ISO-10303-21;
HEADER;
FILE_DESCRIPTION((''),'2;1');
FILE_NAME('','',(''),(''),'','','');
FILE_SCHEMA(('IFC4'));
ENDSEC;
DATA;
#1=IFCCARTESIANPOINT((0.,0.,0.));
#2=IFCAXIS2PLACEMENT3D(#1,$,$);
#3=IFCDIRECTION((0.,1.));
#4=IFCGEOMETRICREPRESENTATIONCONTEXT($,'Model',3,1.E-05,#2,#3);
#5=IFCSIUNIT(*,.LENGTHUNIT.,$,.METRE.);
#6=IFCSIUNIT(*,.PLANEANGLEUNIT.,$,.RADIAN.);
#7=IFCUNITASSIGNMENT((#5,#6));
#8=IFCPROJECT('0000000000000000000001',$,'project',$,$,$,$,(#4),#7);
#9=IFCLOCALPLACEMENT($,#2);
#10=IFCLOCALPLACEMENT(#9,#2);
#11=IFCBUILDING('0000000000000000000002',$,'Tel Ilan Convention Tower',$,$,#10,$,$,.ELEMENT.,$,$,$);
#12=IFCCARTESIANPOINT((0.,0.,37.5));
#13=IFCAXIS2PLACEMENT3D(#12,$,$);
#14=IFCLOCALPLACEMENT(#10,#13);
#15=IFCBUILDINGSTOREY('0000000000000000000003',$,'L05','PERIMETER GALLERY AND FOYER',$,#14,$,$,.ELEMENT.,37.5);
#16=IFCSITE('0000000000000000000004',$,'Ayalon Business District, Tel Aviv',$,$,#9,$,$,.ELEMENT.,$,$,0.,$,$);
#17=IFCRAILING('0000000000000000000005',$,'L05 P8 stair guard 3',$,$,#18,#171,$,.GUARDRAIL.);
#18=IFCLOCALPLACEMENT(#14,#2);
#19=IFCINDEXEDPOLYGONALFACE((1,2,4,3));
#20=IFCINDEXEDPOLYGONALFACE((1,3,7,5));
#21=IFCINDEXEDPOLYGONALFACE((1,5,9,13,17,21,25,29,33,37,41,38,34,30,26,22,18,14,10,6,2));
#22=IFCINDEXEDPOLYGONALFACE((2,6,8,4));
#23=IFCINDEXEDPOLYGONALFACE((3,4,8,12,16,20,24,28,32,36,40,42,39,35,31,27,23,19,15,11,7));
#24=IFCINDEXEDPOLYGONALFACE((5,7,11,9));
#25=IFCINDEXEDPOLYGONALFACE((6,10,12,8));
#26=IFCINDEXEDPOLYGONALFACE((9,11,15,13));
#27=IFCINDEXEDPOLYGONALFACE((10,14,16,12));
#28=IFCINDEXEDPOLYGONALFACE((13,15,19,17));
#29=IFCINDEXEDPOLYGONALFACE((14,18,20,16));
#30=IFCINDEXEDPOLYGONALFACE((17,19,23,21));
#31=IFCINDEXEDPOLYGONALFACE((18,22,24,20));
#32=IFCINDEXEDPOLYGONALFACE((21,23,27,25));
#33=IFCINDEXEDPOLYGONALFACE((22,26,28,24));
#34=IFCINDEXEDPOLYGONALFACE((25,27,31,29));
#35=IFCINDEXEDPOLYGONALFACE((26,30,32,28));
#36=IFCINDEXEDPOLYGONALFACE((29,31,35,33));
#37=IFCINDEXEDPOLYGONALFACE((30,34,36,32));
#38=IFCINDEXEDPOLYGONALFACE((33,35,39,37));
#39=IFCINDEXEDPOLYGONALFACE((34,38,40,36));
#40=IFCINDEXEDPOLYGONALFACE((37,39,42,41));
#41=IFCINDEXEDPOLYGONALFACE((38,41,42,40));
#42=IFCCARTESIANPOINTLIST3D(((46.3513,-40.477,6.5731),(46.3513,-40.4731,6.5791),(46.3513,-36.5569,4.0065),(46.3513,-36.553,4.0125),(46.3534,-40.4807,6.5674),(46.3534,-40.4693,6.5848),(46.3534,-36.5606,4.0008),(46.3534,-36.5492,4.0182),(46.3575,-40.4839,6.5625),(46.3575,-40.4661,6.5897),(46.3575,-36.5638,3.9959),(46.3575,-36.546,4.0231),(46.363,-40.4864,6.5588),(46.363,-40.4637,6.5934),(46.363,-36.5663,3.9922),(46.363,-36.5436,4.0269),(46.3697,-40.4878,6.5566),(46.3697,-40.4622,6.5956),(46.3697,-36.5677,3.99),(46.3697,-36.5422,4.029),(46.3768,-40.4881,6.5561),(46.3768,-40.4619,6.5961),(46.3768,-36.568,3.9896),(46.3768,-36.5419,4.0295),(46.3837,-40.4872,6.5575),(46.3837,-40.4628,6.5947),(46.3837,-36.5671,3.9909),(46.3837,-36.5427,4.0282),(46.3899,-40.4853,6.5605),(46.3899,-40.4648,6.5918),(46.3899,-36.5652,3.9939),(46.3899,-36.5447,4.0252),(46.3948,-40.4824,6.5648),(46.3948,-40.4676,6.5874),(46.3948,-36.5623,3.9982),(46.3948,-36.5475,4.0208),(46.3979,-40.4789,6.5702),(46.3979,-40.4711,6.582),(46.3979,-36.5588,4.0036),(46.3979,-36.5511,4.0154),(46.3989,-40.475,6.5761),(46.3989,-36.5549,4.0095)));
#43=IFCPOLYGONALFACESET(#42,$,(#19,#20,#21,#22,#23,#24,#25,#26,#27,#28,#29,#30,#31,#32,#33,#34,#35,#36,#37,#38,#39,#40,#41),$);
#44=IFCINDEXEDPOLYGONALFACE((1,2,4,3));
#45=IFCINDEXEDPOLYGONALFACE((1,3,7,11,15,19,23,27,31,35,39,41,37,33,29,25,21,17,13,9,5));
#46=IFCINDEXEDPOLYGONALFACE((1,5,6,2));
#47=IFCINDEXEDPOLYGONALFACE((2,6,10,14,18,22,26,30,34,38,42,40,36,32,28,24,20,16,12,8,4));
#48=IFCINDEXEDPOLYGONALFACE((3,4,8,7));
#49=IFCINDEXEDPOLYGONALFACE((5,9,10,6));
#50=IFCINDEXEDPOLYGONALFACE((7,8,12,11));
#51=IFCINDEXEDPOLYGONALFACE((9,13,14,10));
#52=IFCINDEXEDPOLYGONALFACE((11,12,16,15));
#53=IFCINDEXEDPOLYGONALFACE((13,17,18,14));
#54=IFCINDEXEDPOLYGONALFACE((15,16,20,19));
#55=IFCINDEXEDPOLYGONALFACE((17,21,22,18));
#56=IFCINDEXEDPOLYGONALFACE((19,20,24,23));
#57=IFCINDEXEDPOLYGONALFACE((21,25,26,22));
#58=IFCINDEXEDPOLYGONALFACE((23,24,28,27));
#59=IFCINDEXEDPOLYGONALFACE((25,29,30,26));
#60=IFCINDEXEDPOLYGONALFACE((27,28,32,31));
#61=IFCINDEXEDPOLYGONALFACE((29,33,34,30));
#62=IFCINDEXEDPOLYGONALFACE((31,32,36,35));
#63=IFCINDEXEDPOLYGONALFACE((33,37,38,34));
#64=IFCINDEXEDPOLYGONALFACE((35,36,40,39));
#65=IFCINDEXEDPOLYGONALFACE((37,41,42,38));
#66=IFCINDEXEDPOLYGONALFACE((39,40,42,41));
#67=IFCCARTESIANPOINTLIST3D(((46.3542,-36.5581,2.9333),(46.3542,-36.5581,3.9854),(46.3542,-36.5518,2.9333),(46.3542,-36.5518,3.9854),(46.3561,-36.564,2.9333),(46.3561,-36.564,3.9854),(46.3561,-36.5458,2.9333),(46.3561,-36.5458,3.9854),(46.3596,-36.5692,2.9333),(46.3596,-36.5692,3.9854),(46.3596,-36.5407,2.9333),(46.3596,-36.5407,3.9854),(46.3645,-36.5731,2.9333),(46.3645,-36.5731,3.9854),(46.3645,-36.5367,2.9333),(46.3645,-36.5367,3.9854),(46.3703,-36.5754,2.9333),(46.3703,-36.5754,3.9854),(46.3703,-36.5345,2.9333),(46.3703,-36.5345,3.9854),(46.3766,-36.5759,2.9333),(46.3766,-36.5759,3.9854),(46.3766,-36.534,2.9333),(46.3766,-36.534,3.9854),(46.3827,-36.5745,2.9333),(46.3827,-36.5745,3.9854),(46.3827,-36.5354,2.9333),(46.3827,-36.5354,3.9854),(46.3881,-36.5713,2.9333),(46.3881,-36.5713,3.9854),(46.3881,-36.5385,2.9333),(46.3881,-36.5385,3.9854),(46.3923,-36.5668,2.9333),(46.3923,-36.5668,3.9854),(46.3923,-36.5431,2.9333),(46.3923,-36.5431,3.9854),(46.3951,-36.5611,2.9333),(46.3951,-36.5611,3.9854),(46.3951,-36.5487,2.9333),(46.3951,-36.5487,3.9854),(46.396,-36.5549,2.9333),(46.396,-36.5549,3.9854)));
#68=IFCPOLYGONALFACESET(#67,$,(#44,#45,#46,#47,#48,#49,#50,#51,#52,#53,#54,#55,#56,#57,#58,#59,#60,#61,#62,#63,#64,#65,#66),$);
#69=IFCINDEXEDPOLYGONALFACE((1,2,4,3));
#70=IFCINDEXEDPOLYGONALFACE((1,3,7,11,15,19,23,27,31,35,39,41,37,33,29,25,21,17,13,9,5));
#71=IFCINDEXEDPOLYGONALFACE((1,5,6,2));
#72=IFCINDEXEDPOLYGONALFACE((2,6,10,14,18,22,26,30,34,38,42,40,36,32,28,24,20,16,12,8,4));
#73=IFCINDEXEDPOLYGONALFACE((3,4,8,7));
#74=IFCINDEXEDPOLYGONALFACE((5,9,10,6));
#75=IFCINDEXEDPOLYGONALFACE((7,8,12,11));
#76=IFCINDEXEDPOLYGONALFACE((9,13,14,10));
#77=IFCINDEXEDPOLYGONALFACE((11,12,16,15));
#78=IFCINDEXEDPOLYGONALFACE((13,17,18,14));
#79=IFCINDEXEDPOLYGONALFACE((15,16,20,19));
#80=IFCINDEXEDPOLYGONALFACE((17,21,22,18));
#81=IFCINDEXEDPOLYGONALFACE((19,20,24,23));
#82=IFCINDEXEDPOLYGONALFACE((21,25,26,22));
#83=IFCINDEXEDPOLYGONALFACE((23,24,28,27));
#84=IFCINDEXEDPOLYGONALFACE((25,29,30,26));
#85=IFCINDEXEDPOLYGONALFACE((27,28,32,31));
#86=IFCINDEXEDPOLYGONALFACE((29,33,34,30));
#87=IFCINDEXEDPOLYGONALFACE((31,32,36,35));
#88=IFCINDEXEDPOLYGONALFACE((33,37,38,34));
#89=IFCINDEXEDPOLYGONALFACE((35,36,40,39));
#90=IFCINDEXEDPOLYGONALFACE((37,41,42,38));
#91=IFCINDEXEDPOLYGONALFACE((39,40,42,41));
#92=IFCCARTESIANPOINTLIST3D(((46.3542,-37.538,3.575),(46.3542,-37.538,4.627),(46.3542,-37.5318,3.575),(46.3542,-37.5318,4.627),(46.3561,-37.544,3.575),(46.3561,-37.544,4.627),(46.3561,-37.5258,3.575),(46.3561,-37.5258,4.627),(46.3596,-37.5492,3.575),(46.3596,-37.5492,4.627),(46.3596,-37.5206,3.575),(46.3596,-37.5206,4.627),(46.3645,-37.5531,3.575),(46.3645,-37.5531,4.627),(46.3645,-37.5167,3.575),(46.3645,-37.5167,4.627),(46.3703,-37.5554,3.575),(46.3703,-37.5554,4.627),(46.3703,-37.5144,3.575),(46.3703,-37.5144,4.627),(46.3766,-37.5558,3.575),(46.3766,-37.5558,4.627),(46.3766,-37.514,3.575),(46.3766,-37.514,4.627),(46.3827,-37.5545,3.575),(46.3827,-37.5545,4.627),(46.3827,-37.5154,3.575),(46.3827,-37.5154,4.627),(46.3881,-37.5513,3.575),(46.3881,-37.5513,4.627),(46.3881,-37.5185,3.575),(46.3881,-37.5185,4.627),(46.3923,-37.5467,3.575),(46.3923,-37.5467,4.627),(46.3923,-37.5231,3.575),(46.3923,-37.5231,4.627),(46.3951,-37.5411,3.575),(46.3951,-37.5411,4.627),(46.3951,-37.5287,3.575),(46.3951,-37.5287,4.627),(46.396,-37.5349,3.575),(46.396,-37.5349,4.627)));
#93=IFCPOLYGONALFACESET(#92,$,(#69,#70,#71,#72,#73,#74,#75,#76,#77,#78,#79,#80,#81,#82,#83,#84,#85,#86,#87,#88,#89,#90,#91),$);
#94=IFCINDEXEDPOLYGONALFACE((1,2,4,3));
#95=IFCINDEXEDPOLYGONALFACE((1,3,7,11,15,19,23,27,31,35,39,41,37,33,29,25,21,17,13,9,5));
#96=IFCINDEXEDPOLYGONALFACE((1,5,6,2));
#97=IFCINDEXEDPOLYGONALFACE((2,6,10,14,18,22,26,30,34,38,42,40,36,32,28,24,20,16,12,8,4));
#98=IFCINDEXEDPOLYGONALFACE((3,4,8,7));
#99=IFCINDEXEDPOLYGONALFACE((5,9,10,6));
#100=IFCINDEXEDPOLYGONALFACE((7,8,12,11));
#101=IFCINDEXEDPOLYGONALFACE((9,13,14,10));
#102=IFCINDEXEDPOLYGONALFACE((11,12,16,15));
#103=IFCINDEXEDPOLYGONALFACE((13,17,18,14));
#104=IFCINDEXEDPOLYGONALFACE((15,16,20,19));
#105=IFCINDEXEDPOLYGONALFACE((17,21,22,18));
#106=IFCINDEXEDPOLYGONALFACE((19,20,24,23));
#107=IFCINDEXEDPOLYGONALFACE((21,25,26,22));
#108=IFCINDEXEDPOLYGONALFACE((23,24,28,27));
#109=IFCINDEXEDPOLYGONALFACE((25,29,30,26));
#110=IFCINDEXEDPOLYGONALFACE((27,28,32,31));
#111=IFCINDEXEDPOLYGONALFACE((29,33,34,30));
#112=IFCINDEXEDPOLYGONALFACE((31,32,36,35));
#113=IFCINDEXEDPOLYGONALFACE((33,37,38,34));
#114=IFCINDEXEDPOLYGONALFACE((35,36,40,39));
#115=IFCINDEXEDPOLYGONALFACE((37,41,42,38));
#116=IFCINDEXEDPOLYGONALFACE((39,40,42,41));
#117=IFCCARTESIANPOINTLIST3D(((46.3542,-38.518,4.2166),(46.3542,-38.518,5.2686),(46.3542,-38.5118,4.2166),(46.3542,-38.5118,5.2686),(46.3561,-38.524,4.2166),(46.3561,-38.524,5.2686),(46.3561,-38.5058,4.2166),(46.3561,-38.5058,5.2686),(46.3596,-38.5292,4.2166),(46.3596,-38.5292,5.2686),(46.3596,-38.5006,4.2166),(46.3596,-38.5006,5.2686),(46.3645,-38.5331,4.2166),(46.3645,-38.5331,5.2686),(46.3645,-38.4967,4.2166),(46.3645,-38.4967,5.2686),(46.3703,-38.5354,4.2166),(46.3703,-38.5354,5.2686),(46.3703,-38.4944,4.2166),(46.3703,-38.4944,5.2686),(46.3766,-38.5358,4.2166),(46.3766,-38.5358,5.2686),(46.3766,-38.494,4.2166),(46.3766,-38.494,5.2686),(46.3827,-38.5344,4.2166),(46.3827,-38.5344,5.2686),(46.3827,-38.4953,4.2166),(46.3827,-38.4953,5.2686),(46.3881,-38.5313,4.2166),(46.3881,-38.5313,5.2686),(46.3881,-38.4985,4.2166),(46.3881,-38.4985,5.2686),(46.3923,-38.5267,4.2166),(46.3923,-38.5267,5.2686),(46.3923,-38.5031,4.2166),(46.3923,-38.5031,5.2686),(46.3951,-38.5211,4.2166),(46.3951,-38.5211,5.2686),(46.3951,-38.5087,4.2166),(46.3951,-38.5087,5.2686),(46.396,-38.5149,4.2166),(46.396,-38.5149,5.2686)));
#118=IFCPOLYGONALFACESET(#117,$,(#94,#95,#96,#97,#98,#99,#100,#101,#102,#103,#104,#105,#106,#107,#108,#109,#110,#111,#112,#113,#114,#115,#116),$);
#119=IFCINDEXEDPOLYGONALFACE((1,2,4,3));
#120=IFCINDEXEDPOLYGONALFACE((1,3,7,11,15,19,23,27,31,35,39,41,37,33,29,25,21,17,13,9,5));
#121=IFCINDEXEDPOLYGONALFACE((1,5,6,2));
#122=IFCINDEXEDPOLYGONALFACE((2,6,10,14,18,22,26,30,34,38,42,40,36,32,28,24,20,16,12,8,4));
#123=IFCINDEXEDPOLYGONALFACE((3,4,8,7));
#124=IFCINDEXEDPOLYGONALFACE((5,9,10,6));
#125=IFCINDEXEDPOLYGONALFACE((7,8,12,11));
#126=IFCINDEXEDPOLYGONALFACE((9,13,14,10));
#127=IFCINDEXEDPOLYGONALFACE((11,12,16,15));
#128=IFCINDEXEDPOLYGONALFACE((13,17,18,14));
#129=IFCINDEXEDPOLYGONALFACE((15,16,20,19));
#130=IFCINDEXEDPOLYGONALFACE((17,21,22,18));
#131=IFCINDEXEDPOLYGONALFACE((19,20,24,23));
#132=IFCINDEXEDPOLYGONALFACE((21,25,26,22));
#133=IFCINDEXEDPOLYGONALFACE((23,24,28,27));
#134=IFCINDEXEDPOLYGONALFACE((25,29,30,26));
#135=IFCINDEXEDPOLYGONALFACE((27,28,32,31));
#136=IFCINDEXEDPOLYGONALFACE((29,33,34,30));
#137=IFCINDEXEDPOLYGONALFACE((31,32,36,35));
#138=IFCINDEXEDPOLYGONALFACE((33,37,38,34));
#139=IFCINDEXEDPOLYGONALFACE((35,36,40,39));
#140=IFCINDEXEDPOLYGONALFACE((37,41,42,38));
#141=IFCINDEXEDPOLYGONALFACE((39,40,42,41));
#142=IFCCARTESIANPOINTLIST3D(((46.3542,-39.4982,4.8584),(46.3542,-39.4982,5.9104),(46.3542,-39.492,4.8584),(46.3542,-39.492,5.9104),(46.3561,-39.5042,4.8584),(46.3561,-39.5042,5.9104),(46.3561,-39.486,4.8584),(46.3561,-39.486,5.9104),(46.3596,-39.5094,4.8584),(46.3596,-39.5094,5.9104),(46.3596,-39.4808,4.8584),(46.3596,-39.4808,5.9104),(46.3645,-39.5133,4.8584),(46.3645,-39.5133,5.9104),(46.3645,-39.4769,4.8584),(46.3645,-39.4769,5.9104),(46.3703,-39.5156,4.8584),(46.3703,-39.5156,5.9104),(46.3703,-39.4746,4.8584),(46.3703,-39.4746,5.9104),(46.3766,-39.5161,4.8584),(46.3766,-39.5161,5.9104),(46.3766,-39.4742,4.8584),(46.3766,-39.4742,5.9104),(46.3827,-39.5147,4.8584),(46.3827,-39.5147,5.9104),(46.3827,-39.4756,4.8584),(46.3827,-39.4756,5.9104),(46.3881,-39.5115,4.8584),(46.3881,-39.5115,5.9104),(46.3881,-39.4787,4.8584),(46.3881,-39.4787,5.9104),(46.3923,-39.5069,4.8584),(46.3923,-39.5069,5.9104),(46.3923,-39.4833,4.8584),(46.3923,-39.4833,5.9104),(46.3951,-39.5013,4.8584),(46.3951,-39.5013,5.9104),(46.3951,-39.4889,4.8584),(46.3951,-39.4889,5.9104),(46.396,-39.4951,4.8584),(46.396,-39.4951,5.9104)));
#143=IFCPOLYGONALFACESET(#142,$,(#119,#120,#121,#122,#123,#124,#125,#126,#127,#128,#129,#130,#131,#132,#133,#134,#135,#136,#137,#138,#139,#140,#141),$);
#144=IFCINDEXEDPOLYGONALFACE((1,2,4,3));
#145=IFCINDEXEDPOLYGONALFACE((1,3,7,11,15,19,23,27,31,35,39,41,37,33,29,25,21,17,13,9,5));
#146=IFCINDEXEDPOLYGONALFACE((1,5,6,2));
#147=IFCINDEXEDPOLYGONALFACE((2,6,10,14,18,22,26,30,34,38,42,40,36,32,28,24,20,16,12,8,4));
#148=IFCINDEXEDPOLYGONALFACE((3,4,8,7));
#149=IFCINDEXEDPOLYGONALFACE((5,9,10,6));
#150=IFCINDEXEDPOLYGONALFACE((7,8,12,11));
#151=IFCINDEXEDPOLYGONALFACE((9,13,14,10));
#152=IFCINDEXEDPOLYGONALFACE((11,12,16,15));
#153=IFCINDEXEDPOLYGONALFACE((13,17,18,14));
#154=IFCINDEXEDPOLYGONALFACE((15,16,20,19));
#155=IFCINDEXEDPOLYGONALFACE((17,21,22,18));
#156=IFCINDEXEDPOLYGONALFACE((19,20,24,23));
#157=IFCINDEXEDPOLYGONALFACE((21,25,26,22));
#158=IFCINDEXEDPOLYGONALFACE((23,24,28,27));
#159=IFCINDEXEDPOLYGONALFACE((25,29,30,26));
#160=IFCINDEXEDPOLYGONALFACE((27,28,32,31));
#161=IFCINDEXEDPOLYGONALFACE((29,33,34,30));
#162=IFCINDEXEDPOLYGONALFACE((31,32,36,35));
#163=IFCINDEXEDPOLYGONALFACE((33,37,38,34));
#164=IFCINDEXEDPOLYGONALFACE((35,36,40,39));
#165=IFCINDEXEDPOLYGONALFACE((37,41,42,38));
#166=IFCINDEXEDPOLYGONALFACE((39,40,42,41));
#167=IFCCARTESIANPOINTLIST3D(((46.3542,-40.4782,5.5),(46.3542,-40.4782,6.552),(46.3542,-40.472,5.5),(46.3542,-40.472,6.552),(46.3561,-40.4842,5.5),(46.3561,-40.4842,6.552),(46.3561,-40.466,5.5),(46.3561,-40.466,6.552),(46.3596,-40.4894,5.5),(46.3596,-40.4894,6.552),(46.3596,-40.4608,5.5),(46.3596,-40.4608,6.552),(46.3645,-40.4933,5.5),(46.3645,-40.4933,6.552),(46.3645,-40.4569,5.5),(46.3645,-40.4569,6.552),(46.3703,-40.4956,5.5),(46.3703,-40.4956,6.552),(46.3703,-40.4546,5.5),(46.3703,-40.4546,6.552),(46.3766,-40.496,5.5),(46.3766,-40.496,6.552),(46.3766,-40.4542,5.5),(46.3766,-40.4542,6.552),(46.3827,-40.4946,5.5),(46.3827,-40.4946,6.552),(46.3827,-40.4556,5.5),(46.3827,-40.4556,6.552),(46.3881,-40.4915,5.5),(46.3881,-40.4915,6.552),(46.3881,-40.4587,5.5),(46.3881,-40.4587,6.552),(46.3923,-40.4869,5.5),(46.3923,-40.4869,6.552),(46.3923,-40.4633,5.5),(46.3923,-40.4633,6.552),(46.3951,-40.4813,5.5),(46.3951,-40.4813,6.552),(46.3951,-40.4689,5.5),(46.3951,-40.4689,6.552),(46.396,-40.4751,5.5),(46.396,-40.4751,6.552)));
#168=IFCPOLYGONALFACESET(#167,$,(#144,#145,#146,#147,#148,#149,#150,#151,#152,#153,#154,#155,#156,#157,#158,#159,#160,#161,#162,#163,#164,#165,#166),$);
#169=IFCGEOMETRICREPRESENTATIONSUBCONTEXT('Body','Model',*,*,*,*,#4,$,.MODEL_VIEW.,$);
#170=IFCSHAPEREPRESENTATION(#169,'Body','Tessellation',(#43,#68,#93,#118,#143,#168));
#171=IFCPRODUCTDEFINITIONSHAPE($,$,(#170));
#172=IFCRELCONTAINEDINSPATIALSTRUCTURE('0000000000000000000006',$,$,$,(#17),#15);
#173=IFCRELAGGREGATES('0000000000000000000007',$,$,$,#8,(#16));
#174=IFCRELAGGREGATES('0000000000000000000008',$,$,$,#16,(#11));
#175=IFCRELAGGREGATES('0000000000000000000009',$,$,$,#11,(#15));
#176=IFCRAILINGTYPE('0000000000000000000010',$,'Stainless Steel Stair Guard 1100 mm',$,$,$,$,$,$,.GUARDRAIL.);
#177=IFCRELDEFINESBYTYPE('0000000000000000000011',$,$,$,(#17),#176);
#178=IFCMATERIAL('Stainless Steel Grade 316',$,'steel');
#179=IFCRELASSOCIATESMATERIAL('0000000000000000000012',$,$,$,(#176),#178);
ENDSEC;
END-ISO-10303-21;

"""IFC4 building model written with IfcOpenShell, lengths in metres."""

from ifc_helpers import new_model, si_unit, direction, frame, origin, origin_2d, place, context, subcontext, project, spatial, circle, extrude, material, type_object, element, save


model = new_model("IFC4")

# Units and contexts
model_context = context("Model", 3, precision=1e-05, world=origin(), true_north=direction((0.0, 1.0)))
body_context = subcontext(model_context, "Body", "Model", "MODEL_VIEW")
ifc_project = project(units=[si_unit("LENGTHUNIT", "METRE"), si_unit("PLANEANGLEUNIT", "RADIAN")], contexts=[model_context])

# Site, building, storey
site_placement = place(None, origin())
site = spatial("IfcSite", under=ifc_project, at=site_placement, Name="Ayalon Business District, Tel Aviv", CompositionType="ELEMENT", RefElevation=0.0)
building_placement = place(site_placement, origin())
building = spatial("IfcBuilding", under=site, at=building_placement, Name="Tel Ilan Convention Tower", CompositionType="ELEMENT")
storey_placement = place(building_placement, frame((0.0, 0.0, 37.5)))
storey = spatial("IfcBuildingStorey", under=building, at=storey_placement, Name="L05", Description="PERIMETER GALLERY AND FOYER", CompositionType="ELEMENT", Elevation=37.5)

# Railing
ifc_material_1 = material(Name="Stainless Steel Grade 316", Category="steel")
railing_type_1 = type_object("IfcRailingType", Name="Stainless Steel Stair Guard 1100 mm", PredefinedType="GUARDRAIL", material=ifc_material_1)
railing_1_placement = place(storey_placement, frame((46.375, -36.5549, 2.9333)))
element("IfcRailing", 1, at=railing_1_placement, inside=storey, type_object=railing_type_1, Name="L05 P8 stair guard 3", PredefinedType="GUARDRAIL", context=body_context, shape_type="SweptSolid", body=[
    extrude(circle(Radius=0.0239, at=origin_2d()), frame((0.0, 0.0, 1.0762), z_axis=(0.0, -0.836631, 0.547767), x_axis=(1.0, 0.0, 0.0)), (0.0, 0.0, 1.0), 4.6855),
    extrude(circle(Radius=0.021, at=origin_2d()), origin(), (0.0, 0.0, 1.0), 1.052),
    extrude(circle(Radius=0.021, at=origin_2d()), frame((0.0, -0.98, 0.6416)), (0.0, 0.0, 1.0), 1.052),
    extrude(circle(Radius=0.021, at=origin_2d()), frame((0.0, -1.96, 1.2832)), (0.0, 0.0, 1.0), 1.052),
    extrude(circle(Radius=0.021, at=origin_2d()), frame((0.0, -2.9402, 1.925)), (0.0, 0.0, 1.0), 1.052),
    extrude(circle(Radius=0.021, at=origin_2d()), frame((0.0, -3.9202, 2.5667)), (0.0, 0.0, 1.0), 1.052),
])

save(model, "model.ifc")
